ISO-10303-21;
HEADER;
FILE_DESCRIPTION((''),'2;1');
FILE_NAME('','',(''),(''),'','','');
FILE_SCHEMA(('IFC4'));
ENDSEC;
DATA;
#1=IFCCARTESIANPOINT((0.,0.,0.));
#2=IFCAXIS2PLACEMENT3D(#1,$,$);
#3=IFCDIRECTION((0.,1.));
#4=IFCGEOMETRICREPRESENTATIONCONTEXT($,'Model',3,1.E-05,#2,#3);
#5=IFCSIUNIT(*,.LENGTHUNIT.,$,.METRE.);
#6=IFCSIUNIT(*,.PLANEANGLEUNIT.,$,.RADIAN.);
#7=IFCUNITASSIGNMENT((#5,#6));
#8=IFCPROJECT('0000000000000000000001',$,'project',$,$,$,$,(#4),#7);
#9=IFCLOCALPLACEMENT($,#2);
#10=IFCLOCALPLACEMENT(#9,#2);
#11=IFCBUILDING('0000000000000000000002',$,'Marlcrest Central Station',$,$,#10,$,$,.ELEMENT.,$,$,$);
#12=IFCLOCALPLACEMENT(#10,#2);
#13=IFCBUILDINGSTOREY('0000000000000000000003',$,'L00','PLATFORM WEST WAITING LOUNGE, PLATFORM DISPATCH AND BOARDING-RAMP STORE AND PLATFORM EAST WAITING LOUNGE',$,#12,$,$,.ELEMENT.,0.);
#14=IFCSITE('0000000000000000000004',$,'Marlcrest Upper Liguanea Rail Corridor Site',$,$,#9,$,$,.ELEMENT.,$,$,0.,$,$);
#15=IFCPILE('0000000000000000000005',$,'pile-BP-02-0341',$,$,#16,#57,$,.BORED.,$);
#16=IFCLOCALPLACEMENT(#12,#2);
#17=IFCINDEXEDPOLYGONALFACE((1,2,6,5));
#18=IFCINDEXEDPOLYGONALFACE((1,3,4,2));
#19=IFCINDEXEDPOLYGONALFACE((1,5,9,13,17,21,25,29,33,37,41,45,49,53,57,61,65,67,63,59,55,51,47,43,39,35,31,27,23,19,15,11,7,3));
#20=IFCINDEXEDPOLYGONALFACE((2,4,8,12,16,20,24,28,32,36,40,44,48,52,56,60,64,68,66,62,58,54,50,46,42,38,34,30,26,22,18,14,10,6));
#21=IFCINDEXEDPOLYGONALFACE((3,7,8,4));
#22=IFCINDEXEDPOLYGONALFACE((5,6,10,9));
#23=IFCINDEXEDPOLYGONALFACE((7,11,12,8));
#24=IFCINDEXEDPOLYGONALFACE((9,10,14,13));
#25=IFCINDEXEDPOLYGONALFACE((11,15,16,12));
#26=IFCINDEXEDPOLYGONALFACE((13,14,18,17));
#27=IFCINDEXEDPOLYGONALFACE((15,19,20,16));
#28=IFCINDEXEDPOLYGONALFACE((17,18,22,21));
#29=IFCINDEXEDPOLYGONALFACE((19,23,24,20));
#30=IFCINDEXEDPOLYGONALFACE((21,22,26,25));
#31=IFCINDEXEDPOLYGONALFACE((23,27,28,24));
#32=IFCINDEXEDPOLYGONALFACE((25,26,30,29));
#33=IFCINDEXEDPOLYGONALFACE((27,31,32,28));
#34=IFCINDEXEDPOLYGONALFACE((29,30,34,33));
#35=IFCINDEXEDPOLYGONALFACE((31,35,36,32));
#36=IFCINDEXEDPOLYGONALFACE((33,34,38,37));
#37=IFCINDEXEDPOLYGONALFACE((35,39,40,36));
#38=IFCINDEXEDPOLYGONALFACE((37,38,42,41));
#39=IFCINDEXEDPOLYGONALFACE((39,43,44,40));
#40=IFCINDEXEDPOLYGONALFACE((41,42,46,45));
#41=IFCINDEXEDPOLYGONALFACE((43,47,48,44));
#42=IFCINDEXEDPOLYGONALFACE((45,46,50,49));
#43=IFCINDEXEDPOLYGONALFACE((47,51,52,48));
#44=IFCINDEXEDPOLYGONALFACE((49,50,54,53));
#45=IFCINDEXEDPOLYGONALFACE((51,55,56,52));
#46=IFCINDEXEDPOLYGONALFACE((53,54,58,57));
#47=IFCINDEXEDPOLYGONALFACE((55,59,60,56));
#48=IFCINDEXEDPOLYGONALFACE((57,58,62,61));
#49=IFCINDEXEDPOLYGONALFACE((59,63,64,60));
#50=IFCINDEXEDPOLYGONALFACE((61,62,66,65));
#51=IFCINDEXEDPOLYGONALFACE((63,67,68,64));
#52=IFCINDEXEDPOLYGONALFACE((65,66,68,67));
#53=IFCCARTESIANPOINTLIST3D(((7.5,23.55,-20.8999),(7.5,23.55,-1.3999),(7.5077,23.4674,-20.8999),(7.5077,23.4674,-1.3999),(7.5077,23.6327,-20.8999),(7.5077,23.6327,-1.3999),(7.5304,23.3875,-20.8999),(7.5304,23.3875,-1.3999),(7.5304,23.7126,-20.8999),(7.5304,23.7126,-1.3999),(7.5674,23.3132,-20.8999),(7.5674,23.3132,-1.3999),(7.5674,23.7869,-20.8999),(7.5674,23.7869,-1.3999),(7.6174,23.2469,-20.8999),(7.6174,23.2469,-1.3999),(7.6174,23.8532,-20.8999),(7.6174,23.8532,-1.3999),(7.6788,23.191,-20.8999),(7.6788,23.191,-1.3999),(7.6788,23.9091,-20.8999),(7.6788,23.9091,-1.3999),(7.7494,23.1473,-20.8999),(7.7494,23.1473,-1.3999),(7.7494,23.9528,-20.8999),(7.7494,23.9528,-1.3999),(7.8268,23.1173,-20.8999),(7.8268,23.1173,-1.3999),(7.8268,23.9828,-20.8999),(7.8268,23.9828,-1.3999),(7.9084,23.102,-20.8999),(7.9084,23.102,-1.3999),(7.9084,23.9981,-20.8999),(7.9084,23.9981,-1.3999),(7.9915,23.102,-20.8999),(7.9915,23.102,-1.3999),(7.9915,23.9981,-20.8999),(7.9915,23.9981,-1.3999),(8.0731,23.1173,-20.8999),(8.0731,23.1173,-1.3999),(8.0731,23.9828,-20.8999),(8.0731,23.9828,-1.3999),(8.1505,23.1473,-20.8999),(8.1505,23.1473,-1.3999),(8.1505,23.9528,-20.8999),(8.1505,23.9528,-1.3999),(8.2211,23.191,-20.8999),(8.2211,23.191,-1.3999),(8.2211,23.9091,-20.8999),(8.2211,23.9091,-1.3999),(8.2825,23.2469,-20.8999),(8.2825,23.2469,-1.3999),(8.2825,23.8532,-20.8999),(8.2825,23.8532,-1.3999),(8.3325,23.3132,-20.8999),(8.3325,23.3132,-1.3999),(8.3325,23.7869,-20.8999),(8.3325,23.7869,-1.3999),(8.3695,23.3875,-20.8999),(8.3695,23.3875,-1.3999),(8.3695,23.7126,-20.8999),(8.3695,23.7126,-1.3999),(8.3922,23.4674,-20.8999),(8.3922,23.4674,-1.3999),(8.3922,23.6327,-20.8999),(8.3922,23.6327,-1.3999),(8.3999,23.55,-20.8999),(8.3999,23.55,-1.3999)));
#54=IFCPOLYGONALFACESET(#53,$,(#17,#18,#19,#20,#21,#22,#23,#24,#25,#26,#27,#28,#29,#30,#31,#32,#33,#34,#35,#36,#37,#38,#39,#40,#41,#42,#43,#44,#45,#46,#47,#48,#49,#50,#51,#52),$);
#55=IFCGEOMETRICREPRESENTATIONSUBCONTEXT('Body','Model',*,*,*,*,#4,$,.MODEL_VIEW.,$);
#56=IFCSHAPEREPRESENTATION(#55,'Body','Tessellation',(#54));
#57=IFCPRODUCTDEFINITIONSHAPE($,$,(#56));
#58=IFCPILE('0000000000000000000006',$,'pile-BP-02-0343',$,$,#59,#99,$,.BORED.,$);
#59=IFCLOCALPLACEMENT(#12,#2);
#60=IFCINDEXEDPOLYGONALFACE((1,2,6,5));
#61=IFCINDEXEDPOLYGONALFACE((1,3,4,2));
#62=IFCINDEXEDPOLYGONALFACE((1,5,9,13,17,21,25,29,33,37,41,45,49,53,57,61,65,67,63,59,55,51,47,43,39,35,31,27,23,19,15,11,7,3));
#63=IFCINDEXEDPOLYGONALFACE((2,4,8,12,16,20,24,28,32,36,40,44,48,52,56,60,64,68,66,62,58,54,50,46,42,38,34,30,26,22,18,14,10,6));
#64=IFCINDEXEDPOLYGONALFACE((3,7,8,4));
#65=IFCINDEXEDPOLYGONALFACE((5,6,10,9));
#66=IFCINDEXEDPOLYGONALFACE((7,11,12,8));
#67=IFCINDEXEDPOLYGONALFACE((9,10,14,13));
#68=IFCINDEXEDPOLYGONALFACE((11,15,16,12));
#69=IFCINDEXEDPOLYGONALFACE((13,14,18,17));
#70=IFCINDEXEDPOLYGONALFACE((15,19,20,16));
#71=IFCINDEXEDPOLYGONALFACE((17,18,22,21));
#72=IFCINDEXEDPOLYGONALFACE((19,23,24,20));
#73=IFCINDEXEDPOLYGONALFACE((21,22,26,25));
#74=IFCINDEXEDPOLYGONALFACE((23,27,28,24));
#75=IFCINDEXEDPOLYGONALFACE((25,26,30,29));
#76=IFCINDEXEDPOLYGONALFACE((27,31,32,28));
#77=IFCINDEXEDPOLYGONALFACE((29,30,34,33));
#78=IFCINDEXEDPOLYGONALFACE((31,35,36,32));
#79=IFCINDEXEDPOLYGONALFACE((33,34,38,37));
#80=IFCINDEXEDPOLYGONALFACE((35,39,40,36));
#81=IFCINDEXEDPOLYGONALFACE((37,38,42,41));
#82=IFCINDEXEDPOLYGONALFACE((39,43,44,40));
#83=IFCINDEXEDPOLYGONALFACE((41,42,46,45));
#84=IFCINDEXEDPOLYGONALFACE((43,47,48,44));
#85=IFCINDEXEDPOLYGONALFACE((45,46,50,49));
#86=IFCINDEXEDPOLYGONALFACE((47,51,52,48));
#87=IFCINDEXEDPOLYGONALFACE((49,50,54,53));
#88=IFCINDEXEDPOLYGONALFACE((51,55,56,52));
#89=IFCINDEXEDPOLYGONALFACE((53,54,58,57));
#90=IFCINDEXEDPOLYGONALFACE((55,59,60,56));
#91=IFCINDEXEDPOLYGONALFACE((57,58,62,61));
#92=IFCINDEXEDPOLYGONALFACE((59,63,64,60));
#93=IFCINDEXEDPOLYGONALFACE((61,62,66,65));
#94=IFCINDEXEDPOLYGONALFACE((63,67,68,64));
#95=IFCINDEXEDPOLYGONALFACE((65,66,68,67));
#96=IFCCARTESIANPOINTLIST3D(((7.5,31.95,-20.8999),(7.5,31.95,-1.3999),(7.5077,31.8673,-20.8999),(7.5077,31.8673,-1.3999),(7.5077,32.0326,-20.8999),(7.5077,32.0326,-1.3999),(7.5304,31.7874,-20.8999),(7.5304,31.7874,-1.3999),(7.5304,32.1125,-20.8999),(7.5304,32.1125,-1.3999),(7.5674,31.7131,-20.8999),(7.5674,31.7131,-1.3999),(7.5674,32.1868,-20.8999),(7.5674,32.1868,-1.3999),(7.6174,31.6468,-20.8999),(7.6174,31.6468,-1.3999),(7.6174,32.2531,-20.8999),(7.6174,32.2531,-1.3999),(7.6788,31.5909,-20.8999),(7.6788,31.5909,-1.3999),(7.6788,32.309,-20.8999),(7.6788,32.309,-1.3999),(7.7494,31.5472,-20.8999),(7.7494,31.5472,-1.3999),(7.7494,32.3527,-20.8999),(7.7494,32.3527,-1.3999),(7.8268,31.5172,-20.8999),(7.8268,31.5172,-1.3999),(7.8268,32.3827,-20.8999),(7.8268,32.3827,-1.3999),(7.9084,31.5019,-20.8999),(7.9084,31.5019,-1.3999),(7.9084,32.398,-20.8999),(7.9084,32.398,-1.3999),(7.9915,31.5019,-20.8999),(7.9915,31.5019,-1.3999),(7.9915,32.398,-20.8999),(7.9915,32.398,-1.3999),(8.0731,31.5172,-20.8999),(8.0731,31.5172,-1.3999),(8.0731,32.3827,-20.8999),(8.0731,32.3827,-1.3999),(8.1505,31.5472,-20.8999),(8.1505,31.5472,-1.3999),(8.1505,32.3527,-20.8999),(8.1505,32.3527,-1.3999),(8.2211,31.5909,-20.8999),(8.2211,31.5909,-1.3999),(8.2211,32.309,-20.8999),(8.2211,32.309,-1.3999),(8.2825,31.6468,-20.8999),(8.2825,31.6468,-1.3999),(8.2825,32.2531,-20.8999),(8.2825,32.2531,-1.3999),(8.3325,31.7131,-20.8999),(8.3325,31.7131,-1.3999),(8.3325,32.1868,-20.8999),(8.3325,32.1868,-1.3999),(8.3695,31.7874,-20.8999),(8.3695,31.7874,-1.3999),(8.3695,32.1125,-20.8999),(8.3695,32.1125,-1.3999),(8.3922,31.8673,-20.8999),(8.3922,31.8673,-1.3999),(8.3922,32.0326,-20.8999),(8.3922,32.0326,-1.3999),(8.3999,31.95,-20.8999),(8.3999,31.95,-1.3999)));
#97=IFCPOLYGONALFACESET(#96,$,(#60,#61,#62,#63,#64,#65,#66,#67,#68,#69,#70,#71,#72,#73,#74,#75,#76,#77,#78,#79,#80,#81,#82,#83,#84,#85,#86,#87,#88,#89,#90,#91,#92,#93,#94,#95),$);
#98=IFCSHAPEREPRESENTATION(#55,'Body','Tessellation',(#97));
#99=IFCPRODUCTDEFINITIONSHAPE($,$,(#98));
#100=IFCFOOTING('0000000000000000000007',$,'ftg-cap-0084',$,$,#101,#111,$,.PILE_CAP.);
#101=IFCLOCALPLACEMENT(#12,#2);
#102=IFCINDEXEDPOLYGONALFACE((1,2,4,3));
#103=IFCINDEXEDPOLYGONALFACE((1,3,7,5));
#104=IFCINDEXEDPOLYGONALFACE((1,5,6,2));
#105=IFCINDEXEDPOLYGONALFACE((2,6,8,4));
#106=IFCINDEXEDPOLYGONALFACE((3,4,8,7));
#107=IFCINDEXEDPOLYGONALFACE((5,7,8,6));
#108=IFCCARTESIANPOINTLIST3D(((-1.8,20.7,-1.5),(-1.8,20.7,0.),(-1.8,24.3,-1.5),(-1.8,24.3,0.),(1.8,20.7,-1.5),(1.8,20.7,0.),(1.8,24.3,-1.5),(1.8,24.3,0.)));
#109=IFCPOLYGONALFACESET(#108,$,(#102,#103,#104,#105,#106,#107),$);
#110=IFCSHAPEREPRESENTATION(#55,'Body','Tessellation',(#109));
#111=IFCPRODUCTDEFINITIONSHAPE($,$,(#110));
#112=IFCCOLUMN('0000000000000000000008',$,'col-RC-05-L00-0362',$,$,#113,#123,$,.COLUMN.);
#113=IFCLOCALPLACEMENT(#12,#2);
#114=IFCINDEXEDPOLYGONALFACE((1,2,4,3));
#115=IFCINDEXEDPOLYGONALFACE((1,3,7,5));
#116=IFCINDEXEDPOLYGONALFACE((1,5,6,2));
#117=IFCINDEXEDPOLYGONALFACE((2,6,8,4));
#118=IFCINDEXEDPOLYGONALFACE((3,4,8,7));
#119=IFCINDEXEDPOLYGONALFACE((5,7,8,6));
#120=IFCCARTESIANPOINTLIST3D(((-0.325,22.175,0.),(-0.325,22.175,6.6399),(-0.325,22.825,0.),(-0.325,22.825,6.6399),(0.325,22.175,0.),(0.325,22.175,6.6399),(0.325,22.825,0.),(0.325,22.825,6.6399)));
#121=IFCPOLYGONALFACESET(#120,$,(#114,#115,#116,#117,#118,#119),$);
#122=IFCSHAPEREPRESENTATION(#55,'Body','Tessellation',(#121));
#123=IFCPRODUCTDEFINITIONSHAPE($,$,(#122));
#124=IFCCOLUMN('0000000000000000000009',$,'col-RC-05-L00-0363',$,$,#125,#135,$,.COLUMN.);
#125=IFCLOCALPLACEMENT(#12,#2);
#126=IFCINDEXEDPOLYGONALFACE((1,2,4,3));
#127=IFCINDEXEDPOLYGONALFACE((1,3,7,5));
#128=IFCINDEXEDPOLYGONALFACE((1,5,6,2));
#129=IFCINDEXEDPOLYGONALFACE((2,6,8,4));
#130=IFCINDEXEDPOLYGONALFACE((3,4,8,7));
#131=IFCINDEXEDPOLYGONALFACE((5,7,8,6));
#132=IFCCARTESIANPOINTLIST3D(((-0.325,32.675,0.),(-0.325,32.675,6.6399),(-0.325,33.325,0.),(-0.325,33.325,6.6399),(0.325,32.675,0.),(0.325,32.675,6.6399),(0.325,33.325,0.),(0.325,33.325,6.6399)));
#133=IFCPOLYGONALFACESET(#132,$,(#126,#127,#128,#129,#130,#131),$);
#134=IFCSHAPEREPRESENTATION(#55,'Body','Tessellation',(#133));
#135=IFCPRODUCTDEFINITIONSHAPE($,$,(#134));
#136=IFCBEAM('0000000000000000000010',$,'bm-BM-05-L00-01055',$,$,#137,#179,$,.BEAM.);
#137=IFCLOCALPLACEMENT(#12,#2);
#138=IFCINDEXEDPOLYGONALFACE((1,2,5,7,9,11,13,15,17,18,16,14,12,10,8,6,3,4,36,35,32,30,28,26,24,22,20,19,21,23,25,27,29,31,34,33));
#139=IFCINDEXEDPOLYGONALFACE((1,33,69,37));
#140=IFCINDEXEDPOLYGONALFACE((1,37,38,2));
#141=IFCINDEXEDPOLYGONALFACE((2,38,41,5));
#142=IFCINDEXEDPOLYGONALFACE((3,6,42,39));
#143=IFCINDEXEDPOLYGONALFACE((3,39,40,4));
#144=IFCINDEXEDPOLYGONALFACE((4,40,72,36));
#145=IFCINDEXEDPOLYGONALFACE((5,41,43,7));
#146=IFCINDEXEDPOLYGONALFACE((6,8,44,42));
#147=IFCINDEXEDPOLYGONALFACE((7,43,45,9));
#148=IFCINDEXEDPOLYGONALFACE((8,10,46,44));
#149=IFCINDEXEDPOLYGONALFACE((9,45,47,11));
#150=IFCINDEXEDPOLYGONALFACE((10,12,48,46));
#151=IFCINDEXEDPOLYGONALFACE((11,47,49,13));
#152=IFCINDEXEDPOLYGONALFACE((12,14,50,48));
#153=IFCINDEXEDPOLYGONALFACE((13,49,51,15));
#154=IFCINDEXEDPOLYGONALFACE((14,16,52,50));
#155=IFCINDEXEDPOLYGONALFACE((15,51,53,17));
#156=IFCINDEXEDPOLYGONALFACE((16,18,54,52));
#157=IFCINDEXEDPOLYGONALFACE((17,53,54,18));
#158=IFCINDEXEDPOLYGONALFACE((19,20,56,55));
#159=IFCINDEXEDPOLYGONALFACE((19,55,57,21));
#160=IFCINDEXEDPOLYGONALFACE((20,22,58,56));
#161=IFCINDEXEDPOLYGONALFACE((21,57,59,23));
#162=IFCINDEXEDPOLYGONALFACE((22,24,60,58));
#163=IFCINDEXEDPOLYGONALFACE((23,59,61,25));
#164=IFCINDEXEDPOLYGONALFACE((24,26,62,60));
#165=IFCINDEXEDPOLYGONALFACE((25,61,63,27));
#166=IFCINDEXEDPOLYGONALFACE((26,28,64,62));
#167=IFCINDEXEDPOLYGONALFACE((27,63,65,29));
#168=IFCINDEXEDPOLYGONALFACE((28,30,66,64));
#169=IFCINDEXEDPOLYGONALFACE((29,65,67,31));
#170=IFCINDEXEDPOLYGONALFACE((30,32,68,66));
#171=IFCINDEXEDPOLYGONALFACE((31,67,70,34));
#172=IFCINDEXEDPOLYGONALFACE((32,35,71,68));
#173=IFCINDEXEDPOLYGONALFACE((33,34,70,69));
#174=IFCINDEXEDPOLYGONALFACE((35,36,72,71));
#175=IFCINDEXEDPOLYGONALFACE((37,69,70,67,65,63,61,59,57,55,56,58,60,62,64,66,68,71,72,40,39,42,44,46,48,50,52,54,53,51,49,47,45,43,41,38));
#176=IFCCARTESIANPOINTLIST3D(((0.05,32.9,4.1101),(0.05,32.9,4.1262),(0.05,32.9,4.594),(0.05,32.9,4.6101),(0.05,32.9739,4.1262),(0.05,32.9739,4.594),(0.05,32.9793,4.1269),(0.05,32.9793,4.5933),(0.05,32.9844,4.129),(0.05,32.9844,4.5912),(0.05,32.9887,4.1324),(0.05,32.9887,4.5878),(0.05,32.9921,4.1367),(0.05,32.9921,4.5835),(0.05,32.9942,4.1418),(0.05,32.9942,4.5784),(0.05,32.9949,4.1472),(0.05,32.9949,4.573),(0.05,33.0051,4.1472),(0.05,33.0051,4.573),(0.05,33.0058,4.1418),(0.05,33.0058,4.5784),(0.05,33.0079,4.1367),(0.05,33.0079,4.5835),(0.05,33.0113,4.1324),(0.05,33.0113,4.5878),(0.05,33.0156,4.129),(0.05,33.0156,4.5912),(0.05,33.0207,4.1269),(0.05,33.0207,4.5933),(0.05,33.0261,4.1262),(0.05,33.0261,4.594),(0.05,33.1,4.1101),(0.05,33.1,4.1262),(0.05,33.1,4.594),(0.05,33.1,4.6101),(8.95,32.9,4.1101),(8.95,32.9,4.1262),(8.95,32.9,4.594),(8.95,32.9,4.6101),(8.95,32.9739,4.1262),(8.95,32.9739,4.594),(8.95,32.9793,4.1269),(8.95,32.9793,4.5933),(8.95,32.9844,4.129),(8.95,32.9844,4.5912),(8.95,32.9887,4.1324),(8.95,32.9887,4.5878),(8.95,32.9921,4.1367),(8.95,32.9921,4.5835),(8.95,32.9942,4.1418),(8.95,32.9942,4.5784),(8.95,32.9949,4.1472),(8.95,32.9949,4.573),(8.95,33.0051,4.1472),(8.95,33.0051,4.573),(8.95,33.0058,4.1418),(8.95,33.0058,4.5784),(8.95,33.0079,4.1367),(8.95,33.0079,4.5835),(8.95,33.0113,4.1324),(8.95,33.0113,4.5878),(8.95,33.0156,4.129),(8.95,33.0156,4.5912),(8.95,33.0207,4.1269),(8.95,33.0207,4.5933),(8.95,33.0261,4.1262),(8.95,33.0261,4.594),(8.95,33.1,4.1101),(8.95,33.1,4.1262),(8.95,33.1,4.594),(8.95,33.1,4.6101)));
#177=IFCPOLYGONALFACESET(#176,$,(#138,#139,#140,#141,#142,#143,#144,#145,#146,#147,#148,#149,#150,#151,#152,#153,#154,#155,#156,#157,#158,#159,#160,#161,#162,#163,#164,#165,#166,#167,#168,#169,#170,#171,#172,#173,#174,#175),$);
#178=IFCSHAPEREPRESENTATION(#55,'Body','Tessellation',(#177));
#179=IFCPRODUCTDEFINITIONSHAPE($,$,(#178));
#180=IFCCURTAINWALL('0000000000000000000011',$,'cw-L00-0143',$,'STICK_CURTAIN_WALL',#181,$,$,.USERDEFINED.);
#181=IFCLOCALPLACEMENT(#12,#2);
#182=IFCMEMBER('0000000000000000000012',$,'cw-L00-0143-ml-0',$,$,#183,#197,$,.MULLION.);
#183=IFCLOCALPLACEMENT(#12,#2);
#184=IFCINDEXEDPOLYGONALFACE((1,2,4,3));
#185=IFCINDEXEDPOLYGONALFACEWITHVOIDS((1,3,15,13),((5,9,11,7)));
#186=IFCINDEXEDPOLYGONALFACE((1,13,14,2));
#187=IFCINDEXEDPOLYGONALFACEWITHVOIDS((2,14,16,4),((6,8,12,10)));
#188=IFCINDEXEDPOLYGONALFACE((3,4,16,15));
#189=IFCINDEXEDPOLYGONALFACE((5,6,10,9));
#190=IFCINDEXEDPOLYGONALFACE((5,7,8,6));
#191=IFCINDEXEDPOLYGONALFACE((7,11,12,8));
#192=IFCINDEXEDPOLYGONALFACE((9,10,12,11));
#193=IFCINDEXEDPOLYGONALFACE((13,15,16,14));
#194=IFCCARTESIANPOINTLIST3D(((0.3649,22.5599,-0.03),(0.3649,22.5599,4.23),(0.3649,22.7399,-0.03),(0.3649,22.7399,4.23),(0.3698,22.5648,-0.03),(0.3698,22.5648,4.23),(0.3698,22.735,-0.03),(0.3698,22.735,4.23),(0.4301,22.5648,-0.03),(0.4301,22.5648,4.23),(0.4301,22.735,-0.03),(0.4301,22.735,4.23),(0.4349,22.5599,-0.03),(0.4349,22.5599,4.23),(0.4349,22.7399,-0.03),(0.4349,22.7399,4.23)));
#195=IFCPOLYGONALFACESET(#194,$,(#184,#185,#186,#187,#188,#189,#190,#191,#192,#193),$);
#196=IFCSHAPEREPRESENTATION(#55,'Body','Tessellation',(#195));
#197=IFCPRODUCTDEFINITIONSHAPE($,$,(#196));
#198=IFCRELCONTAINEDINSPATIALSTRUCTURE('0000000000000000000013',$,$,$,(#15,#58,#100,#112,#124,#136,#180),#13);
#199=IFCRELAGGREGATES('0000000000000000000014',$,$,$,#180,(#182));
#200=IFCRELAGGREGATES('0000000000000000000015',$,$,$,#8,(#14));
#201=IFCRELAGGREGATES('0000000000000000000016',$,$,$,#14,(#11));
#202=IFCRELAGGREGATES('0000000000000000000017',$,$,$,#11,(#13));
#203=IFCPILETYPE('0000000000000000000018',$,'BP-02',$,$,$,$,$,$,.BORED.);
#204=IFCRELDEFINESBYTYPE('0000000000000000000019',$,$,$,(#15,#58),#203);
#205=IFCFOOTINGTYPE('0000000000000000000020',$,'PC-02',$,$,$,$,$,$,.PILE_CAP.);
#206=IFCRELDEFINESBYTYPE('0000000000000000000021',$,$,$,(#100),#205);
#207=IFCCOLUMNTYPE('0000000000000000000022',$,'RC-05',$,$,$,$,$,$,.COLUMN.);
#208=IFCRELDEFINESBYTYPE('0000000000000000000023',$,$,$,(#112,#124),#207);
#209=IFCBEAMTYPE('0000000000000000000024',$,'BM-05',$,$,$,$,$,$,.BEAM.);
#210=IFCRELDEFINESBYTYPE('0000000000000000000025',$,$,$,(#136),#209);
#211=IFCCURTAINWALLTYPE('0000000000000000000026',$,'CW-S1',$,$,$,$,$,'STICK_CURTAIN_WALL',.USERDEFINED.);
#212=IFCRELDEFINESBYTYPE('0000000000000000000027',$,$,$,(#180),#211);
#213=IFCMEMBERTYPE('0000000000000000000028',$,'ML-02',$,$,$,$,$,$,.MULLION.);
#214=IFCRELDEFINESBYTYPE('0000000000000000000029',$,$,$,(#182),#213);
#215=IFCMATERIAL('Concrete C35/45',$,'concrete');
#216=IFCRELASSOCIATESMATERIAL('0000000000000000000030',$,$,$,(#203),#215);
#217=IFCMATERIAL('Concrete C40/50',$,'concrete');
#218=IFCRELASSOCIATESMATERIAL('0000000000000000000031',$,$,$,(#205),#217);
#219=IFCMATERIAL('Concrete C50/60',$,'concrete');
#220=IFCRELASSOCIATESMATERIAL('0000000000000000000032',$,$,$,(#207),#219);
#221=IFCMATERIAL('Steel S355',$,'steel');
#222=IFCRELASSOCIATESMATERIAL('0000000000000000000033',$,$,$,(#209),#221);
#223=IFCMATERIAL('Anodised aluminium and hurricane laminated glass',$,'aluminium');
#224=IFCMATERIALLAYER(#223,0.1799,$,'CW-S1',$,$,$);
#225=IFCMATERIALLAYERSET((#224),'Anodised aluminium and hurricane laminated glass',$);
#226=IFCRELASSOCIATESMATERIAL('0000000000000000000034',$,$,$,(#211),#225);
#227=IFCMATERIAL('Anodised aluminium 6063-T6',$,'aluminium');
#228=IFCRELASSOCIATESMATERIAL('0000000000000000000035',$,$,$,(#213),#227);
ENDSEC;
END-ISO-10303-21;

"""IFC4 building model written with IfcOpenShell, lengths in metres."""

from ifc_helpers import new_model, si_unit, direction, frame, origin, origin_2d, place, context, subcontext, project, spatial, rectangle, hollow_rectangle, circle, i_section, extrude, material, layer, layer_set, material_profile, profile_set, type_object, element, aggregate, save


model = new_model("IFC4")

# Units and contexts
model_context = context("Model", 3, precision=1e-05, world=origin(), true_north=direction((0.0, 1.0)))
body_context = subcontext(model_context, "Body", "Model", "MODEL_VIEW")
ifc_project = project(units=[si_unit("LENGTHUNIT", "METRE"), si_unit("PLANEANGLEUNIT", "RADIAN")], contexts=[model_context])

# Site, building, storey
site_placement = place(None, origin())
site = spatial("IfcSite", under=ifc_project, at=site_placement, Name="Marlcrest Upper Liguanea Rail Corridor Site", CompositionType="ELEMENT", RefElevation=0.0)
building_placement = place(site_placement, origin())
building = spatial("IfcBuilding", under=site, at=building_placement, Name="Marlcrest Central Station", CompositionType="ELEMENT")
storey_placement = place(building_placement, origin())
storey = spatial("IfcBuildingStorey", under=building, at=storey_placement, Name="L00", Description="PLATFORM WEST WAITING LOUNGE, PLATFORM DISPATCH AND BOARDING-RAMP STORE AND PLATFORM EAST WAITING LOUNGE", CompositionType="ELEMENT", Elevation=0.0)

# Piles
ifc_material_1 = material(Name="Concrete C35/45", Category="concrete")
ifc_material_profile_1 = material_profile(ifc_material_1, circle(Radius=0.45, at=origin_2d()), Name="PILE D900")
ifc_profile_set_1 = profile_set([ifc_material_profile_1], Name="Concrete C35/45")
pile_type = type_object("IfcPileType", Name="BP-02", PredefinedType="BORED", material=ifc_profile_set_1)
for number, where, z_axis, x_axis, name in (
    (1, (7.95, 23.55, -1.3999), (0.0, 0.0, -1.0), (1.0, 0.0, 0.0), "pile-BP-02-0341"),
    (2, (7.95, 31.95, -1.3999), (0.0, 0.0, -1.0), (1.0, 0.0, 0.0), "pile-BP-02-0343"),
):
    element("IfcPile", number, at=place(storey_placement, frame(where, z_axis=z_axis, x_axis=x_axis)), inside=storey, type_object=pile_type, Name=name, PredefinedType="BORED", context=body_context, shape_type="SweptSolid", body=[
        extrude(circle(Radius=0.45, at=origin_2d()), origin(), (0.0, 0.0, 1.0), 19.5),
    ])

# Footing
ifc_material_2 = material(Name="Concrete C40/50", Category="concrete")
footing_type = type_object("IfcFootingType", Name="PC-02", PredefinedType="PILE_CAP", material=ifc_material_2)
footing_placement = place(storey_placement, frame((0.0, 22.5, -1.5), z_axis=(0.0, 0.0, 1.0), x_axis=(1.0, 0.0, 0.0)))
element("IfcFooting", 3, at=footing_placement, inside=storey, type_object=footing_type, Name="ftg-cap-0084", PredefinedType="PILE_CAP", context=body_context, shape_type="SweptSolid", body=[
    extrude(rectangle(XDim=3.6001, YDim=3.6001, at=origin_2d()), origin(), (0.0, 0.0, 1.0), 1.5),
])

# Columns
ifc_material_3 = material(Name="Concrete C50/60", Category="concrete")
ifc_material_profile_2 = material_profile(ifc_material_3, rectangle(XDim=0.6499, YDim=0.6499, at=origin_2d()), Name="RC 650x650")
ifc_profile_set_2 = profile_set([ifc_material_profile_2], Name="Concrete C50/60")
column_type = type_object("IfcColumnType", Name="RC-05", PredefinedType="COLUMN", material=ifc_profile_set_2)
for number, where, z_axis, x_axis, name in (
    (4, (0.0, 22.5, 0.0), (0.0, 0.0, 1.0), (1.0, 0.0, 0.0), "col-RC-05-L00-0362"),
    (5, (0.0, 33.0, 0.0), (0.0, 0.0, 1.0), (1.0, 0.0, 0.0), "col-RC-05-L00-0363"),
):
    element("IfcColumn", number, at=place(storey_placement, frame(where, z_axis=z_axis, x_axis=x_axis)), inside=storey, type_object=column_type, Name=name, PredefinedType="COLUMN", context=body_context, shape_type="SweptSolid", body=[
        extrude(rectangle(XDim=0.6499, YDim=0.6499, at=origin_2d()), origin(), (0.0, 0.0, 1.0), 6.6399),
    ])

# Beam
ifc_material_4 = material(Name="Steel S355", Category="steel")
ifc_material_profile_3 = material_profile(ifc_material_4, i_section(OverallWidth=0.2, OverallDepth=0.5, WebThickness=0.0103, FlangeThickness=0.0161, FilletRadius=0.021, at=origin_2d()), Name="IPE 500")
ifc_profile_set_3 = profile_set([ifc_material_profile_3], Name="Steel S355")
beam_type = type_object("IfcBeamType", Name="BM-05", PredefinedType="BEAM", material=ifc_profile_set_3)
beam_placement = place(storey_placement, frame((0.05, 33.0, 4.3601), z_axis=(1.0, 0.0, 0.0), x_axis=(0.0, 1.0, 0.0)))
element("IfcBeam", 6, at=beam_placement, inside=storey, type_object=beam_type, Name="bm-BM-05-L00-01055", PredefinedType="BEAM", context=body_context, shape_type="SweptSolid", body=[
    extrude(i_section(OverallWidth=0.2, OverallDepth=0.5, WebThickness=0.0103, FlangeThickness=0.0161, FilletRadius=0.021, at=origin_2d()), origin(), (0.0, 0.0, 1.0), 8.8999),
])

# Curtain wall, member
ifc_material_5 = material(Name="Anodised aluminium and hurricane laminated glass", Category="aluminium")
ifc_layer_1 = layer(ifc_material_5, 0.1799, Name="CW-S1")
ifc_layer_set_1 = layer_set([ifc_layer_1], Name="Anodised aluminium and hurricane laminated glass")
curtain_wall_type = type_object("IfcCurtainWallType", Name="CW-S1", ElementType="STICK_CURTAIN_WALL", PredefinedType="USERDEFINED", material=ifc_layer_set_1)
curtain_wall_placement = place(storey_placement, origin())
curtain_wall = element("IfcCurtainWall", 7, at=curtain_wall_placement, inside=storey, type_object=curtain_wall_type, Name="cw-L00-0143", ObjectType="STICK_CURTAIN_WALL", PredefinedType="USERDEFINED")
ifc_material_6 = material(Name="Anodised aluminium 6063-T6", Category="aluminium")
ifc_material_profile_4 = material_profile(ifc_material_6, hollow_rectangle(XDim=0.0701, YDim=0.1799, WallThickness=0.0049, at=origin_2d()), Name="AA-RHS 180x70x5")
ifc_profile_set_4 = profile_set([ifc_material_profile_4], Name="Anodised aluminium 6063-T6")
member_type_1 = type_object("IfcMemberType", Name="ML-02", PredefinedType="MULLION", material=ifc_profile_set_4)
member_1_placement = place(storey_placement, frame((0.3999, 22.6499, -0.03), z_axis=(0.0, 0.0, 1.0), x_axis=(1.0, 0.0, 0.0)))
member_1 = element("IfcMember", 8, at=member_1_placement, type_object=member_type_1, Name="cw-L00-0143-ml-0", PredefinedType="MULLION", context=body_context, shape_type="SweptSolid", body=[
    extrude(hollow_rectangle(XDim=0.0701, YDim=0.1799, WallThickness=0.0049, at=origin_2d()), origin(), (0.0, 0.0, 1.0), 4.26),
])

aggregate(curtain_wall, [member_1])

save(model, "model.ifc")
